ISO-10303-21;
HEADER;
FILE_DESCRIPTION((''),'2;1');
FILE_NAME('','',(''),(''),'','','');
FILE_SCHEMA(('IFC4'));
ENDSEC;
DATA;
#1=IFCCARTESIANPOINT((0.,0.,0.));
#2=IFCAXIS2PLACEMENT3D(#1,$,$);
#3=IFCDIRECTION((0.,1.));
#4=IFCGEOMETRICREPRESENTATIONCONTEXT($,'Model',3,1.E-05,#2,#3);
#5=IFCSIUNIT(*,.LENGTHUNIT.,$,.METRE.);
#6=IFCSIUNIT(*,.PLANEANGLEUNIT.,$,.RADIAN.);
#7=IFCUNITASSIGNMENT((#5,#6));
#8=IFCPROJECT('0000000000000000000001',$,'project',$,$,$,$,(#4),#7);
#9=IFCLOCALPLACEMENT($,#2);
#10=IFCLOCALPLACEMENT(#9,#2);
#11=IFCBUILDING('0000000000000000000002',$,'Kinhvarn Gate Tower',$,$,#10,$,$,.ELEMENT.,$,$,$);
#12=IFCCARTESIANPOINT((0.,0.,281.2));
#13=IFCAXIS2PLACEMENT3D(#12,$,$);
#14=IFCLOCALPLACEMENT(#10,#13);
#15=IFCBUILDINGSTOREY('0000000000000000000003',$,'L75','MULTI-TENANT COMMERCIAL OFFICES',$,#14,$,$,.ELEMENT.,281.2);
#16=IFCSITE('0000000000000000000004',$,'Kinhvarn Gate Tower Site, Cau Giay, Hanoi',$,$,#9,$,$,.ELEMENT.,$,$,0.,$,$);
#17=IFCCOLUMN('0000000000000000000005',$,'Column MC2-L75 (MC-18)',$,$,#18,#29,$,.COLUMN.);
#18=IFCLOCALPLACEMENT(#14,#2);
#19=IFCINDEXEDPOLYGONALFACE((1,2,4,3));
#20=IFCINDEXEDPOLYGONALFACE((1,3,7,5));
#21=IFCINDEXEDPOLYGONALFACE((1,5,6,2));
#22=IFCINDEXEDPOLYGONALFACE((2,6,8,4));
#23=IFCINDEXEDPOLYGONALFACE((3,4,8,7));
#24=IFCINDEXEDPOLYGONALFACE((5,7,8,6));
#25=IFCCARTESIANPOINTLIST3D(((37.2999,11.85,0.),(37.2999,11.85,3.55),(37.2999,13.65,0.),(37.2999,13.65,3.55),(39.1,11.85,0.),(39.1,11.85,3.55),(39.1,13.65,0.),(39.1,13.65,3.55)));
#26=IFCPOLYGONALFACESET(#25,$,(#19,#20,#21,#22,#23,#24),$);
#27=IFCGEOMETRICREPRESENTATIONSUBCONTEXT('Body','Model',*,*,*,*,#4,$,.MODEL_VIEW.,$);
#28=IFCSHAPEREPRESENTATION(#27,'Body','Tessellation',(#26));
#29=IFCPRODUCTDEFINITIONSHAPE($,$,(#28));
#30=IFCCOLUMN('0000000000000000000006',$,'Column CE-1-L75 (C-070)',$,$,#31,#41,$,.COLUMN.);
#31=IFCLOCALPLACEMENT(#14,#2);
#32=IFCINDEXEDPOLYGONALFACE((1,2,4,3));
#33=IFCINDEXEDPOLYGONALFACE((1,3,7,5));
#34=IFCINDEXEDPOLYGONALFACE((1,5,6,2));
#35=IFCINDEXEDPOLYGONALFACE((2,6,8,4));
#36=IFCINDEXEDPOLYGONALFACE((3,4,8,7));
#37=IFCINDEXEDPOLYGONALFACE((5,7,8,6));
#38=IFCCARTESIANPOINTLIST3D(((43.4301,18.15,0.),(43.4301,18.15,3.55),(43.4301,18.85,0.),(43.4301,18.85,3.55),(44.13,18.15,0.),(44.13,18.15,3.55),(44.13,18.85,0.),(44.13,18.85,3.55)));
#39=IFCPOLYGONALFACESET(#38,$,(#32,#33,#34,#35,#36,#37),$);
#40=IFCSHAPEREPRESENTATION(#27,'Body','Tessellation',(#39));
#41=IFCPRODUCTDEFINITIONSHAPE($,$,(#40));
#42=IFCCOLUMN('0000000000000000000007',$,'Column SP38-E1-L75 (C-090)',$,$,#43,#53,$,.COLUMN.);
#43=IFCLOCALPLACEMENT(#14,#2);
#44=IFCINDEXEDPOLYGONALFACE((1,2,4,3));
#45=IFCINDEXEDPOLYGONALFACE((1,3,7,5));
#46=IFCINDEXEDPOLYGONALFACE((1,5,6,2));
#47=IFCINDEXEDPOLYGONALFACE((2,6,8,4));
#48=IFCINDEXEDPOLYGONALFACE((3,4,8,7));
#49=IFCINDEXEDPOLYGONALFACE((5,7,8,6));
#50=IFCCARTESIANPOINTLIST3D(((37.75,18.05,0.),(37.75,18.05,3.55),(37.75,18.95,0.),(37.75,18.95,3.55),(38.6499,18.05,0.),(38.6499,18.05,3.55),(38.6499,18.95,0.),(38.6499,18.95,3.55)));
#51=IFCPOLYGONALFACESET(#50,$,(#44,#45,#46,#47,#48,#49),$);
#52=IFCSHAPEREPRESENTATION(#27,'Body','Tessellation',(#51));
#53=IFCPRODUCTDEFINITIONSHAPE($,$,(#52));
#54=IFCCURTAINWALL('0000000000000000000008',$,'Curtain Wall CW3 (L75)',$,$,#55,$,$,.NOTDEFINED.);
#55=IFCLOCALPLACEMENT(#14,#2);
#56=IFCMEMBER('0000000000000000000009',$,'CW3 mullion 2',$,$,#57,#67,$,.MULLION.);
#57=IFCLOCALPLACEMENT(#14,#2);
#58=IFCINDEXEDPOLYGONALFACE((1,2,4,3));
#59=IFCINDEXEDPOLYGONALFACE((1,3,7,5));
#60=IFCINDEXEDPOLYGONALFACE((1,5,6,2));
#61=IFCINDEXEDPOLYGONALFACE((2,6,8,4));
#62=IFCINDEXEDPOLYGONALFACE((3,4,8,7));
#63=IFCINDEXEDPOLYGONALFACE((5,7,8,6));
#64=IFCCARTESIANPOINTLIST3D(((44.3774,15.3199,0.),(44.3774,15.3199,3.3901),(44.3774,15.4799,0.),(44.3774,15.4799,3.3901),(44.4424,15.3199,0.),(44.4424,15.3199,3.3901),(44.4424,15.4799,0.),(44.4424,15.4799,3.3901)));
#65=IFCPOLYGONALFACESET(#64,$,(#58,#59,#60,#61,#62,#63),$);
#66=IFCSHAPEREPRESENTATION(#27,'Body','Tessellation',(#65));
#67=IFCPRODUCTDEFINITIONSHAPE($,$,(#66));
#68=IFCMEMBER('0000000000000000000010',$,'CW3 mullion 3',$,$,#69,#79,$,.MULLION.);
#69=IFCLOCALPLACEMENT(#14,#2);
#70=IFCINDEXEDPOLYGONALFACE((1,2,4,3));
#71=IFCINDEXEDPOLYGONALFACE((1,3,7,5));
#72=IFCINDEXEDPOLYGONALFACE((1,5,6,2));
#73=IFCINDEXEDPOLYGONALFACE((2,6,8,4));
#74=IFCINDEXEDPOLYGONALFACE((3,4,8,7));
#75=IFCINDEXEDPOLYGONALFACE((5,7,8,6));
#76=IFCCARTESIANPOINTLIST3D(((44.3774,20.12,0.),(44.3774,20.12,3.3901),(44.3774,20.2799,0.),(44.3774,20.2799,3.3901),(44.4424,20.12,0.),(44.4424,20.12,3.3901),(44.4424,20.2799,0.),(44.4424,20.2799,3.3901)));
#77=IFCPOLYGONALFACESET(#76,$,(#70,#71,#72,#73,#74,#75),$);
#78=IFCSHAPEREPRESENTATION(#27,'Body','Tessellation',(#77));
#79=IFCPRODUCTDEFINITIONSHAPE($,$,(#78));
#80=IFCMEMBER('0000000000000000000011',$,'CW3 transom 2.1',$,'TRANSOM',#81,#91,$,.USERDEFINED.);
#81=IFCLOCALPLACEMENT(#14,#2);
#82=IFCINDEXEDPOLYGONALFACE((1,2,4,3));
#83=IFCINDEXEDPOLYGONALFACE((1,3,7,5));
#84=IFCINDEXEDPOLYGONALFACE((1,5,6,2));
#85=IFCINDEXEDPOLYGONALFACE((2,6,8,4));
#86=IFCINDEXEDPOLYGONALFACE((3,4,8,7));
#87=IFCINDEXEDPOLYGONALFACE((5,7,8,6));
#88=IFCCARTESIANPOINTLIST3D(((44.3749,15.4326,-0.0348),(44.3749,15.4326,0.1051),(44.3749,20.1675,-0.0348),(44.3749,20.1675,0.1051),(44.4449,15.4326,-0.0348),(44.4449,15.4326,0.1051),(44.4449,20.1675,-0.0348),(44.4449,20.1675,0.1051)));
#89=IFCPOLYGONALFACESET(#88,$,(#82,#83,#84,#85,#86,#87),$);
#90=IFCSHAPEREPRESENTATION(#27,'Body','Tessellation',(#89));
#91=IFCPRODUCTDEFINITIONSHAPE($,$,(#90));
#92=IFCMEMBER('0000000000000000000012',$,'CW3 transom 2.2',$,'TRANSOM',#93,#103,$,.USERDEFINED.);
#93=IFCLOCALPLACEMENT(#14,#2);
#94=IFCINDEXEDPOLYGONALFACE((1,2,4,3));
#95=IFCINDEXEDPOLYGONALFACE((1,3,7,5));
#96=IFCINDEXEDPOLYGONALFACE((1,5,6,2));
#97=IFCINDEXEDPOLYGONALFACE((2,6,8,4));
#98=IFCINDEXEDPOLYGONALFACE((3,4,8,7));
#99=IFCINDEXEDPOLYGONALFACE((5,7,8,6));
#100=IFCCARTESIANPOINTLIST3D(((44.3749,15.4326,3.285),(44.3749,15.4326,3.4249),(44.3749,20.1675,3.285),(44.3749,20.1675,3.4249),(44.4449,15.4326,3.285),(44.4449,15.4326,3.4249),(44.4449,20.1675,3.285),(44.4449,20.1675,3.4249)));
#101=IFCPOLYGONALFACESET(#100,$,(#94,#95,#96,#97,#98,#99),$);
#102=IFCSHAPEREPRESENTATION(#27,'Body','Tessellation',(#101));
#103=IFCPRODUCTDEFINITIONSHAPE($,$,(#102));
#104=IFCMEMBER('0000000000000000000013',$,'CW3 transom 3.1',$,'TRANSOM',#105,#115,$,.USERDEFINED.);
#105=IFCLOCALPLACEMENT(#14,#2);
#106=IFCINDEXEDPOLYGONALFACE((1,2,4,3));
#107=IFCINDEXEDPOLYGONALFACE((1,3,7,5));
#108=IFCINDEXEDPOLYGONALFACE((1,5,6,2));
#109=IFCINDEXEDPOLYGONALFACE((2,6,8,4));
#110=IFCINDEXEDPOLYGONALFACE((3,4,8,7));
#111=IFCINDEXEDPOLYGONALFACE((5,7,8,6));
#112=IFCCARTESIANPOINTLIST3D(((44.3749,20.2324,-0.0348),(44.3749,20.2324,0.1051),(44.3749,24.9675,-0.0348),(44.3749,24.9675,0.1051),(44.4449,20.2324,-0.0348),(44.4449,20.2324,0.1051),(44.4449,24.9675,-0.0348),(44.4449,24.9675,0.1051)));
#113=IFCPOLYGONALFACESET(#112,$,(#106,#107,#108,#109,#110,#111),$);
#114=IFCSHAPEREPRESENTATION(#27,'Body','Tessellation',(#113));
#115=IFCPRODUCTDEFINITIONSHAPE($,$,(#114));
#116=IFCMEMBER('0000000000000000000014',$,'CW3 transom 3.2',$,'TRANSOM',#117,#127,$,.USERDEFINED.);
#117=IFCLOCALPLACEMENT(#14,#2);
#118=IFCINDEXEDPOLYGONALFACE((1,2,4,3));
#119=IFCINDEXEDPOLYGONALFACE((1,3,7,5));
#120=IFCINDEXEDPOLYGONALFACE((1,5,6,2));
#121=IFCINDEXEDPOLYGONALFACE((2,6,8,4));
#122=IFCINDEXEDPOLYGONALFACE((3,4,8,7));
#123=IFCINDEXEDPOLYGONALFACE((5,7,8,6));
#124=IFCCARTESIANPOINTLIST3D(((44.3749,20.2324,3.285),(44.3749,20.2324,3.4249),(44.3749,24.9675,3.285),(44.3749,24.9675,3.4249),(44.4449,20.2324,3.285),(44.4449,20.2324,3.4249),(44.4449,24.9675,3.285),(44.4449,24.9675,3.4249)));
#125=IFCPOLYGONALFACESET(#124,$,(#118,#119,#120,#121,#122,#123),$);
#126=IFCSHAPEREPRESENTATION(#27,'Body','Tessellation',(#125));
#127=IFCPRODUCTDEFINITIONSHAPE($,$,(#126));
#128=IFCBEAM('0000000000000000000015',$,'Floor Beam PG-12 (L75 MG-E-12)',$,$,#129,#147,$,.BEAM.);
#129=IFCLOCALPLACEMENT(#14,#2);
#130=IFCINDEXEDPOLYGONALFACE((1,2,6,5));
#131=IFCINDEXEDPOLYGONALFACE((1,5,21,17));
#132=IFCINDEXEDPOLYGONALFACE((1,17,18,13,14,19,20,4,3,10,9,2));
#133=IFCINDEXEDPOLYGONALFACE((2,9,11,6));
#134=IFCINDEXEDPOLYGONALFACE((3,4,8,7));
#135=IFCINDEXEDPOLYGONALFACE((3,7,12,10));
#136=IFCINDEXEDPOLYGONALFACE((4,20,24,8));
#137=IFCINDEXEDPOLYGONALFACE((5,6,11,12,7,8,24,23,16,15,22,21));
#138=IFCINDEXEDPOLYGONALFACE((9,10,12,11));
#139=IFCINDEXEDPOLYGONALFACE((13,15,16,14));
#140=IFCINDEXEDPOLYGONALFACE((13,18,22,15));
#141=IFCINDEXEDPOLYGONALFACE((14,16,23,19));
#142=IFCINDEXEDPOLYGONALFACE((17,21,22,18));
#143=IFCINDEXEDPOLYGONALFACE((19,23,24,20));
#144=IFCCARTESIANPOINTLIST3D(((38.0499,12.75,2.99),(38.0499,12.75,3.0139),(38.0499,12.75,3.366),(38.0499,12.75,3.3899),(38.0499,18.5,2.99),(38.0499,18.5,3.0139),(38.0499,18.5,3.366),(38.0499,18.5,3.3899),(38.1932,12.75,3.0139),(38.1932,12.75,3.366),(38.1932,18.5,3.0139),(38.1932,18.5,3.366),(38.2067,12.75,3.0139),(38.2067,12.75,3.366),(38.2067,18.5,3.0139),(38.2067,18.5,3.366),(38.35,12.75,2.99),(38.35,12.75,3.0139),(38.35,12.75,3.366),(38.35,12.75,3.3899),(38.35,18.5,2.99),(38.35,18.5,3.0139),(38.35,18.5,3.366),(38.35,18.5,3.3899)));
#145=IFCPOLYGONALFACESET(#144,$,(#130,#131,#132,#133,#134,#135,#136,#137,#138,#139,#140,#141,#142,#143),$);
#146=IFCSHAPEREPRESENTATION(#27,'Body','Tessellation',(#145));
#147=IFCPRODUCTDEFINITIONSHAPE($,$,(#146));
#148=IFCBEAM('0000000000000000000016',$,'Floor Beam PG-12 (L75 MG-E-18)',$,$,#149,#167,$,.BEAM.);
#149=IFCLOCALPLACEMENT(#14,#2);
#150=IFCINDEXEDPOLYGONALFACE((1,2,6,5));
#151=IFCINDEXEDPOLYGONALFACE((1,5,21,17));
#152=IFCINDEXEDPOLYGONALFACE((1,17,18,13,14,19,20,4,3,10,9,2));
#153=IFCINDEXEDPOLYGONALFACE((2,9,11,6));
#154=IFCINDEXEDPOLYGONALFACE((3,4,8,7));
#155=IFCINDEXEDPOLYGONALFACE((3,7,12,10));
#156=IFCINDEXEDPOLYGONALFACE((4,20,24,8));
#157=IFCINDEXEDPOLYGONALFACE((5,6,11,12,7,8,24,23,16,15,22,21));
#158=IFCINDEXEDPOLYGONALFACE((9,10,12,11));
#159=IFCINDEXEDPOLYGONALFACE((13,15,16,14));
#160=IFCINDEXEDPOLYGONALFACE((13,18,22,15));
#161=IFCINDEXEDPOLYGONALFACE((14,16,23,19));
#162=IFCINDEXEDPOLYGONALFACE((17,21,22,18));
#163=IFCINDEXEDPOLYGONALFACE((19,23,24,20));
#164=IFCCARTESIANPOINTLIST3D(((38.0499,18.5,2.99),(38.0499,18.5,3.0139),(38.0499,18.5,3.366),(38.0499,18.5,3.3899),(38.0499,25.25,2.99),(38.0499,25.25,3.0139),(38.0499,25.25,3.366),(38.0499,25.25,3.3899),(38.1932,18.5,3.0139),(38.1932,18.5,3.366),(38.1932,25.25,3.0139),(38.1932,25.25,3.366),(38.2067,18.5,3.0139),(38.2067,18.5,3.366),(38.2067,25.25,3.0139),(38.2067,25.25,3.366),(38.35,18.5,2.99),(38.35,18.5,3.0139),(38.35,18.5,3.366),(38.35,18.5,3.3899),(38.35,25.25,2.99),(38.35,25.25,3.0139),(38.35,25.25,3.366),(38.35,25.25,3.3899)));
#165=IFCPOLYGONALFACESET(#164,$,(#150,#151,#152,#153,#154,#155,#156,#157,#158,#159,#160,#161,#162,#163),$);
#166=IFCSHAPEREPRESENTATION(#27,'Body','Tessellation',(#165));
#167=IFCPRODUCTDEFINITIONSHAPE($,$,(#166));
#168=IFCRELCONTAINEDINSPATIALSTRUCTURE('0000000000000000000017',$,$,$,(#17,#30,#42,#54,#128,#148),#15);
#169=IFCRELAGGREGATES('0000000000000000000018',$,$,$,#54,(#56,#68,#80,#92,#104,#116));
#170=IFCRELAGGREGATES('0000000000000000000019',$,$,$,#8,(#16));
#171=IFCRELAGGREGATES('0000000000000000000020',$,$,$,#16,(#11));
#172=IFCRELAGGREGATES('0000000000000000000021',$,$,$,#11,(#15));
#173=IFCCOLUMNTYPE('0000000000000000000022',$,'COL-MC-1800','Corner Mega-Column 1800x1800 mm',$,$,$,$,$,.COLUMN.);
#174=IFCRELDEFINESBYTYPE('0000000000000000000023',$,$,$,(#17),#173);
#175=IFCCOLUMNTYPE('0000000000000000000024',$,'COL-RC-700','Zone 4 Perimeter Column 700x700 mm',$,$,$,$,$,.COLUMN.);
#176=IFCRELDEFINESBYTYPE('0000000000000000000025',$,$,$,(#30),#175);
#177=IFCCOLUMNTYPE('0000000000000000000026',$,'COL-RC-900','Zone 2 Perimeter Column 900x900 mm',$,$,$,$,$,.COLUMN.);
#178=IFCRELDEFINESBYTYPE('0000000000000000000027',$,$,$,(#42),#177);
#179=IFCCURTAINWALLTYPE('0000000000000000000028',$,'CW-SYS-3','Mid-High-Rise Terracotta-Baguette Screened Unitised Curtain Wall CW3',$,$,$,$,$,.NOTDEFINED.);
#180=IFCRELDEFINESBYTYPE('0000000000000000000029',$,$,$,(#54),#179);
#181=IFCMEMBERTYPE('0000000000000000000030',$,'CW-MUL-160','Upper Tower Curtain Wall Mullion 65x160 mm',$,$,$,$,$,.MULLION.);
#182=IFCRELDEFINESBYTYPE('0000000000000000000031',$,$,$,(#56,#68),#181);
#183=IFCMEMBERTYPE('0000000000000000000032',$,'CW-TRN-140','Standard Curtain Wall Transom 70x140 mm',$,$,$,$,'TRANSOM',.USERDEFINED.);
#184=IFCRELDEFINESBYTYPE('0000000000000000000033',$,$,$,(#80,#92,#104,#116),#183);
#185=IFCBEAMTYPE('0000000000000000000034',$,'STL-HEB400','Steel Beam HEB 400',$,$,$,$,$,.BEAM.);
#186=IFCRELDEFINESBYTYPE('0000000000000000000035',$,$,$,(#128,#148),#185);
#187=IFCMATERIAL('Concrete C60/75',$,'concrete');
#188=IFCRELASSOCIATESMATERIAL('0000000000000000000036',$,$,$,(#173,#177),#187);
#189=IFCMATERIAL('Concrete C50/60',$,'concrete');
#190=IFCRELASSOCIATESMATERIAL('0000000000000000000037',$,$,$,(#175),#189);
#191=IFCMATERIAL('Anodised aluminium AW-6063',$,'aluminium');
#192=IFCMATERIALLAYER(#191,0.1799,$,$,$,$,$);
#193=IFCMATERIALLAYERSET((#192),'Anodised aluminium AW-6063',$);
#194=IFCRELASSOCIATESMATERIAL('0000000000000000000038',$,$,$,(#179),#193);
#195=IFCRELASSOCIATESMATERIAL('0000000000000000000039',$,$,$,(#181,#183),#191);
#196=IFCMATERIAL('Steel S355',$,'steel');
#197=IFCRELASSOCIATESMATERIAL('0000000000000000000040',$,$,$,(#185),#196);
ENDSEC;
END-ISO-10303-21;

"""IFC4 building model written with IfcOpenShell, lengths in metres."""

from ifc_helpers import new_model, si_unit, direction, frame, origin, origin_2d, place, context, subcontext, project, spatial, rectangle, i_section, extrude, material, layer, layer_set, material_profile, profile_set, type_object, element, aggregate, save


model = new_model("IFC4")

# Units and contexts
model_context = context("Model", 3, precision=1e-05, world=origin(), true_north=direction((0.0, 1.0)))
body_context = subcontext(model_context, "Body", "Model", "MODEL_VIEW")
ifc_project = project(units=[si_unit("LENGTHUNIT", "METRE"), si_unit("PLANEANGLEUNIT", "RADIAN")], contexts=[model_context])

# Site, building, storey
site_placement = place(None, origin())
site = spatial("IfcSite", under=ifc_project, at=site_placement, Name="Kinhvarn Gate Tower Site, Cau Giay, Hanoi", CompositionType="ELEMENT", RefElevation=0.0)
building_placement = place(site_placement, origin())
building = spatial("IfcBuilding", under=site, at=building_placement, Name="Kinhvarn Gate Tower", CompositionType="ELEMENT")
storey_placement = place(building_placement, frame((0.0, 0.0, 281.2)))
storey = spatial("IfcBuildingStorey", under=building, at=storey_placement, Name="L75", Description="MULTI-TENANT COMMERCIAL OFFICES", CompositionType="ELEMENT", Elevation=281.2)

# Columns
ifc_material_1 = material(Name="Concrete C60/75", Category="concrete")
ifc_material_profile_1 = material_profile(ifc_material_1, rectangle(XDim=1.8, YDim=1.8, at=origin_2d()), Name="RC 1800x1800")
ifc_profile_set_1 = profile_set([ifc_material_profile_1], Name="Concrete C60/75")
column_type_1 = type_object("IfcColumnType", Name="COL-MC-1800", Description="Corner Mega-Column 1800x1800 mm", PredefinedType="COLUMN", material=ifc_profile_set_1)
column_1_placement = place(storey_placement, frame((38.2, 12.75, 0.0), z_axis=(0.0, 0.0, 1.0), x_axis=(1.0, 0.0, 0.0)))
element("IfcColumn", 1, at=column_1_placement, inside=storey, type_object=column_type_1, Name="Column MC2-L75 (MC-18)", PredefinedType="COLUMN", context=body_context, shape_type="SweptSolid", body=[
    extrude(rectangle(XDim=1.8, YDim=1.8, at=origin_2d()), origin(), (0.0, 0.0, 1.0), 3.55),
])
ifc_material_2 = material(Name="Concrete C50/60", Category="concrete")
ifc_material_profile_2 = material_profile(ifc_material_2, rectangle(XDim=0.7, YDim=0.7, at=origin_2d()), Name="RC 700x700")
ifc_profile_set_2 = profile_set([ifc_material_profile_2], Name="Concrete C50/60")
column_type_2 = type_object("IfcColumnType", Name="COL-RC-700", Description="Zone 4 Perimeter Column 700x700 mm", PredefinedType="COLUMN", material=ifc_profile_set_2)
column_2_placement = place(storey_placement, frame((43.78, 18.5, 0.0), z_axis=(0.0, 0.0, 1.0), x_axis=(1.0, 0.0, 0.0)))
element("IfcColumn", 2, at=column_2_placement, inside=storey, type_object=column_type_2, Name="Column CE-1-L75 (C-070)", PredefinedType="COLUMN", context=body_context, shape_type="SweptSolid", body=[
    extrude(rectangle(XDim=0.7, YDim=0.7, at=origin_2d()), origin(), (0.0, 0.0, 1.0), 3.55),
])
ifc_material_profile_3 = material_profile(ifc_material_1, rectangle(XDim=0.8999, YDim=0.8999, at=origin_2d()), Name="RC 900x900")
ifc_profile_set_3 = profile_set([ifc_material_profile_3], Name="Concrete C60/75")
column_type_3 = type_object("IfcColumnType", Name="COL-RC-900", Description="Zone 2 Perimeter Column 900x900 mm", PredefinedType="COLUMN", material=ifc_profile_set_3)
column_3_placement = place(storey_placement, frame((38.2, 18.5, 0.0), z_axis=(0.0, 0.0, 1.0), x_axis=(1.0, 0.0, 0.0)))
element("IfcColumn", 3, at=column_3_placement, inside=storey, type_object=column_type_3, Name="Column SP38-E1-L75 (C-090)", PredefinedType="COLUMN", context=body_context, shape_type="SweptSolid", body=[
    extrude(rectangle(XDim=0.8999, YDim=0.8999, at=origin_2d()), origin(), (0.0, 0.0, 1.0), 3.55),
])

# Curtain wall, members
ifc_material_3 = material(Name="Anodised aluminium AW-6063", Category="aluminium")
ifc_layer_1 = layer(ifc_material_3, 0.1799)
ifc_layer_set_1 = layer_set([ifc_layer_1], Name="Anodised aluminium AW-6063")
curtain_wall_type = type_object("IfcCurtainWallType", Name="CW-SYS-3", Description="Mid-High-Rise Terracotta-Baguette Screened Unitised Curtain Wall CW3", PredefinedType="NOTDEFINED", material=ifc_layer_set_1)
curtain_wall_placement = place(storey_placement, origin())
curtain_wall = element("IfcCurtainWall", 4, at=curtain_wall_placement, inside=storey, type_object=curtain_wall_type, Name="Curtain Wall CW3 (L75)", PredefinedType="NOTDEFINED")
ifc_material_profile_4 = material_profile(ifc_material_3, rectangle(XDim=0.0649, YDim=0.1599, at=origin_2d()), Name="ALU 65x160")
ifc_profile_set_4 = profile_set([ifc_material_profile_4], Name="Anodised aluminium AW-6063")
member_type_1 = type_object("IfcMemberType", Name="CW-MUL-160", Description="Upper Tower Curtain Wall Mullion 65x160 mm", PredefinedType="MULLION", material=ifc_profile_set_4)
member_1_placement = place(storey_placement, frame((44.4099, 15.3999, 0.0), z_axis=(0.0, 0.0, 1.0), x_axis=(-1.0, 0.0, 0.0)))
member_1 = element("IfcMember", 5, at=member_1_placement, type_object=member_type_1, Name="CW3 mullion 2", PredefinedType="MULLION", context=body_context, shape_type="SweptSolid", body=[
    extrude(rectangle(XDim=0.0649, YDim=0.1599, at=origin_2d()), origin(), (0.0, 0.0, 1.0), 3.3901),
])
member_2_placement = place(storey_placement, frame((44.4099, 20.2, 0.0), z_axis=(0.0, 0.0, 1.0), x_axis=(-1.0, 0.0, 0.0)))
member_2 = element("IfcMember", 6, at=member_2_placement, type_object=member_type_1, Name="CW3 mullion 3", PredefinedType="MULLION", context=body_context, shape_type="SweptSolid", body=[
    extrude(rectangle(XDim=0.0649, YDim=0.1599, at=origin_2d()), origin(), (0.0, 0.0, 1.0), 3.3901),
])
ifc_material_profile_5 = material_profile(ifc_material_3, rectangle(XDim=0.0701, YDim=0.1399, at=origin_2d()), Name="ALU 70x140")
ifc_profile_set_5 = profile_set([ifc_material_profile_5], Name="Anodised aluminium AW-6063")
member_type_2 = type_object("IfcMemberType", Name="CW-TRN-140", Description="Standard Curtain Wall Transom 70x140 mm", ElementType="TRANSOM", PredefinedType="USERDEFINED", material=ifc_profile_set_5)
member_3_placement = place(storey_placement, frame((44.4099, 15.4326, 0.0352), z_axis=(0.0, 1.0, 0.0), x_axis=(-1.0, 0.0, 0.0)))
member_3 = element("IfcMember", 7, at=member_3_placement, type_object=member_type_2, Name="CW3 transom 2.1", ObjectType="TRANSOM", PredefinedType="USERDEFINED", context=body_context, shape_type="SweptSolid", body=[
    extrude(rectangle(XDim=0.0701, YDim=0.1399, at=origin_2d()), origin(), (0.0, 0.0, 1.0), 4.7349),
])
member_4_placement = place(storey_placement, frame((44.4099, 15.4326, 3.355), z_axis=(0.0, 1.0, 0.0), x_axis=(-1.0, 0.0, 0.0)))
member_4 = element("IfcMember", 8, at=member_4_placement, type_object=member_type_2, Name="CW3 transom 2.2", ObjectType="TRANSOM", PredefinedType="USERDEFINED", context=body_context, shape_type="SweptSolid", body=[
    extrude(rectangle(XDim=0.0701, YDim=0.1399, at=origin_2d()), origin(), (0.0, 0.0, 1.0), 4.7349),
])
member_5_placement = place(storey_placement, frame((44.4099, 20.2324, 0.0352), z_axis=(0.0, 1.0, 0.0), x_axis=(-1.0, 0.0, 0.0)))
member_5 = element("IfcMember", 9, at=member_5_placement, type_object=member_type_2, Name="CW3 transom 3.1", ObjectType="TRANSOM", PredefinedType="USERDEFINED", context=body_context, shape_type="SweptSolid", body=[
    extrude(rectangle(XDim=0.0701, YDim=0.1399, at=origin_2d()), origin(), (0.0, 0.0, 1.0), 4.7351),
])
member_6_placement = place(storey_placement, frame((44.4099, 20.2324, 3.355), z_axis=(0.0, 1.0, 0.0), x_axis=(-1.0, 0.0, 0.0)))
member_6 = element("IfcMember", 10, at=member_6_placement, type_object=member_type_2, Name="CW3 transom 3.2", ObjectType="TRANSOM", PredefinedType="USERDEFINED", context=body_context, shape_type="SweptSolid", body=[
    extrude(rectangle(XDim=0.0701, YDim=0.1399, at=origin_2d()), origin(), (0.0, 0.0, 1.0), 4.7351),
])

# Beams
ifc_material_4 = material(Name="Steel S355", Category="steel")
ifc_material_profile_6 = material_profile(ifc_material_4, i_section(OverallWidth=0.3, OverallDepth=0.3999, WebThickness=0.0134, FlangeThickness=0.0239, at=origin_2d()), Name="HEB 400")
ifc_profile_set_6 = profile_set([ifc_material_profile_6], Name="Steel S355")
beam_type_1 = type_object("IfcBeamType", Name="STL-HEB400", Description="Steel Beam HEB 400", PredefinedType="BEAM", material=ifc_profile_set_6)
beam_1_placement = place(storey_placement, frame((38.2, 12.75, 3.1899), z_axis=(0.0, 1.0, 0.0), x_axis=(-1.0, 0.0, 0.0)))
element("IfcBeam", 11, at=beam_1_placement, inside=storey, type_object=beam_type_1, Name="Floor Beam PG-12 (L75 MG-E-12)", PredefinedType="BEAM", context=body_context, shape_type="SweptSolid", body=[
    extrude(i_section(OverallWidth=0.3, OverallDepth=0.3999, WebThickness=0.0134, FlangeThickness=0.0239, at=origin_2d()), origin(), (0.0, 0.0, 1.0), 5.75),
])
beam_2_placement = place(storey_placement, frame((38.2, 18.5, 3.1899), z_axis=(0.0, 1.0, 0.0), x_axis=(-1.0, 0.0, 0.0)))
element("IfcBeam", 12, at=beam_2_placement, inside=storey, type_object=beam_type_1, Name="Floor Beam PG-12 (L75 MG-E-18)", PredefinedType="BEAM", context=body_context, shape_type="SweptSolid", body=[
    extrude(i_section(OverallWidth=0.3, OverallDepth=0.3999, WebThickness=0.0134, FlangeThickness=0.0239, at=origin_2d()), origin(), (0.0, 0.0, 1.0), 6.75),
])

aggregate(curtain_wall, [member_1, member_2, member_3, member_4, member_5, member_6])

save(model, "model.ifc")
